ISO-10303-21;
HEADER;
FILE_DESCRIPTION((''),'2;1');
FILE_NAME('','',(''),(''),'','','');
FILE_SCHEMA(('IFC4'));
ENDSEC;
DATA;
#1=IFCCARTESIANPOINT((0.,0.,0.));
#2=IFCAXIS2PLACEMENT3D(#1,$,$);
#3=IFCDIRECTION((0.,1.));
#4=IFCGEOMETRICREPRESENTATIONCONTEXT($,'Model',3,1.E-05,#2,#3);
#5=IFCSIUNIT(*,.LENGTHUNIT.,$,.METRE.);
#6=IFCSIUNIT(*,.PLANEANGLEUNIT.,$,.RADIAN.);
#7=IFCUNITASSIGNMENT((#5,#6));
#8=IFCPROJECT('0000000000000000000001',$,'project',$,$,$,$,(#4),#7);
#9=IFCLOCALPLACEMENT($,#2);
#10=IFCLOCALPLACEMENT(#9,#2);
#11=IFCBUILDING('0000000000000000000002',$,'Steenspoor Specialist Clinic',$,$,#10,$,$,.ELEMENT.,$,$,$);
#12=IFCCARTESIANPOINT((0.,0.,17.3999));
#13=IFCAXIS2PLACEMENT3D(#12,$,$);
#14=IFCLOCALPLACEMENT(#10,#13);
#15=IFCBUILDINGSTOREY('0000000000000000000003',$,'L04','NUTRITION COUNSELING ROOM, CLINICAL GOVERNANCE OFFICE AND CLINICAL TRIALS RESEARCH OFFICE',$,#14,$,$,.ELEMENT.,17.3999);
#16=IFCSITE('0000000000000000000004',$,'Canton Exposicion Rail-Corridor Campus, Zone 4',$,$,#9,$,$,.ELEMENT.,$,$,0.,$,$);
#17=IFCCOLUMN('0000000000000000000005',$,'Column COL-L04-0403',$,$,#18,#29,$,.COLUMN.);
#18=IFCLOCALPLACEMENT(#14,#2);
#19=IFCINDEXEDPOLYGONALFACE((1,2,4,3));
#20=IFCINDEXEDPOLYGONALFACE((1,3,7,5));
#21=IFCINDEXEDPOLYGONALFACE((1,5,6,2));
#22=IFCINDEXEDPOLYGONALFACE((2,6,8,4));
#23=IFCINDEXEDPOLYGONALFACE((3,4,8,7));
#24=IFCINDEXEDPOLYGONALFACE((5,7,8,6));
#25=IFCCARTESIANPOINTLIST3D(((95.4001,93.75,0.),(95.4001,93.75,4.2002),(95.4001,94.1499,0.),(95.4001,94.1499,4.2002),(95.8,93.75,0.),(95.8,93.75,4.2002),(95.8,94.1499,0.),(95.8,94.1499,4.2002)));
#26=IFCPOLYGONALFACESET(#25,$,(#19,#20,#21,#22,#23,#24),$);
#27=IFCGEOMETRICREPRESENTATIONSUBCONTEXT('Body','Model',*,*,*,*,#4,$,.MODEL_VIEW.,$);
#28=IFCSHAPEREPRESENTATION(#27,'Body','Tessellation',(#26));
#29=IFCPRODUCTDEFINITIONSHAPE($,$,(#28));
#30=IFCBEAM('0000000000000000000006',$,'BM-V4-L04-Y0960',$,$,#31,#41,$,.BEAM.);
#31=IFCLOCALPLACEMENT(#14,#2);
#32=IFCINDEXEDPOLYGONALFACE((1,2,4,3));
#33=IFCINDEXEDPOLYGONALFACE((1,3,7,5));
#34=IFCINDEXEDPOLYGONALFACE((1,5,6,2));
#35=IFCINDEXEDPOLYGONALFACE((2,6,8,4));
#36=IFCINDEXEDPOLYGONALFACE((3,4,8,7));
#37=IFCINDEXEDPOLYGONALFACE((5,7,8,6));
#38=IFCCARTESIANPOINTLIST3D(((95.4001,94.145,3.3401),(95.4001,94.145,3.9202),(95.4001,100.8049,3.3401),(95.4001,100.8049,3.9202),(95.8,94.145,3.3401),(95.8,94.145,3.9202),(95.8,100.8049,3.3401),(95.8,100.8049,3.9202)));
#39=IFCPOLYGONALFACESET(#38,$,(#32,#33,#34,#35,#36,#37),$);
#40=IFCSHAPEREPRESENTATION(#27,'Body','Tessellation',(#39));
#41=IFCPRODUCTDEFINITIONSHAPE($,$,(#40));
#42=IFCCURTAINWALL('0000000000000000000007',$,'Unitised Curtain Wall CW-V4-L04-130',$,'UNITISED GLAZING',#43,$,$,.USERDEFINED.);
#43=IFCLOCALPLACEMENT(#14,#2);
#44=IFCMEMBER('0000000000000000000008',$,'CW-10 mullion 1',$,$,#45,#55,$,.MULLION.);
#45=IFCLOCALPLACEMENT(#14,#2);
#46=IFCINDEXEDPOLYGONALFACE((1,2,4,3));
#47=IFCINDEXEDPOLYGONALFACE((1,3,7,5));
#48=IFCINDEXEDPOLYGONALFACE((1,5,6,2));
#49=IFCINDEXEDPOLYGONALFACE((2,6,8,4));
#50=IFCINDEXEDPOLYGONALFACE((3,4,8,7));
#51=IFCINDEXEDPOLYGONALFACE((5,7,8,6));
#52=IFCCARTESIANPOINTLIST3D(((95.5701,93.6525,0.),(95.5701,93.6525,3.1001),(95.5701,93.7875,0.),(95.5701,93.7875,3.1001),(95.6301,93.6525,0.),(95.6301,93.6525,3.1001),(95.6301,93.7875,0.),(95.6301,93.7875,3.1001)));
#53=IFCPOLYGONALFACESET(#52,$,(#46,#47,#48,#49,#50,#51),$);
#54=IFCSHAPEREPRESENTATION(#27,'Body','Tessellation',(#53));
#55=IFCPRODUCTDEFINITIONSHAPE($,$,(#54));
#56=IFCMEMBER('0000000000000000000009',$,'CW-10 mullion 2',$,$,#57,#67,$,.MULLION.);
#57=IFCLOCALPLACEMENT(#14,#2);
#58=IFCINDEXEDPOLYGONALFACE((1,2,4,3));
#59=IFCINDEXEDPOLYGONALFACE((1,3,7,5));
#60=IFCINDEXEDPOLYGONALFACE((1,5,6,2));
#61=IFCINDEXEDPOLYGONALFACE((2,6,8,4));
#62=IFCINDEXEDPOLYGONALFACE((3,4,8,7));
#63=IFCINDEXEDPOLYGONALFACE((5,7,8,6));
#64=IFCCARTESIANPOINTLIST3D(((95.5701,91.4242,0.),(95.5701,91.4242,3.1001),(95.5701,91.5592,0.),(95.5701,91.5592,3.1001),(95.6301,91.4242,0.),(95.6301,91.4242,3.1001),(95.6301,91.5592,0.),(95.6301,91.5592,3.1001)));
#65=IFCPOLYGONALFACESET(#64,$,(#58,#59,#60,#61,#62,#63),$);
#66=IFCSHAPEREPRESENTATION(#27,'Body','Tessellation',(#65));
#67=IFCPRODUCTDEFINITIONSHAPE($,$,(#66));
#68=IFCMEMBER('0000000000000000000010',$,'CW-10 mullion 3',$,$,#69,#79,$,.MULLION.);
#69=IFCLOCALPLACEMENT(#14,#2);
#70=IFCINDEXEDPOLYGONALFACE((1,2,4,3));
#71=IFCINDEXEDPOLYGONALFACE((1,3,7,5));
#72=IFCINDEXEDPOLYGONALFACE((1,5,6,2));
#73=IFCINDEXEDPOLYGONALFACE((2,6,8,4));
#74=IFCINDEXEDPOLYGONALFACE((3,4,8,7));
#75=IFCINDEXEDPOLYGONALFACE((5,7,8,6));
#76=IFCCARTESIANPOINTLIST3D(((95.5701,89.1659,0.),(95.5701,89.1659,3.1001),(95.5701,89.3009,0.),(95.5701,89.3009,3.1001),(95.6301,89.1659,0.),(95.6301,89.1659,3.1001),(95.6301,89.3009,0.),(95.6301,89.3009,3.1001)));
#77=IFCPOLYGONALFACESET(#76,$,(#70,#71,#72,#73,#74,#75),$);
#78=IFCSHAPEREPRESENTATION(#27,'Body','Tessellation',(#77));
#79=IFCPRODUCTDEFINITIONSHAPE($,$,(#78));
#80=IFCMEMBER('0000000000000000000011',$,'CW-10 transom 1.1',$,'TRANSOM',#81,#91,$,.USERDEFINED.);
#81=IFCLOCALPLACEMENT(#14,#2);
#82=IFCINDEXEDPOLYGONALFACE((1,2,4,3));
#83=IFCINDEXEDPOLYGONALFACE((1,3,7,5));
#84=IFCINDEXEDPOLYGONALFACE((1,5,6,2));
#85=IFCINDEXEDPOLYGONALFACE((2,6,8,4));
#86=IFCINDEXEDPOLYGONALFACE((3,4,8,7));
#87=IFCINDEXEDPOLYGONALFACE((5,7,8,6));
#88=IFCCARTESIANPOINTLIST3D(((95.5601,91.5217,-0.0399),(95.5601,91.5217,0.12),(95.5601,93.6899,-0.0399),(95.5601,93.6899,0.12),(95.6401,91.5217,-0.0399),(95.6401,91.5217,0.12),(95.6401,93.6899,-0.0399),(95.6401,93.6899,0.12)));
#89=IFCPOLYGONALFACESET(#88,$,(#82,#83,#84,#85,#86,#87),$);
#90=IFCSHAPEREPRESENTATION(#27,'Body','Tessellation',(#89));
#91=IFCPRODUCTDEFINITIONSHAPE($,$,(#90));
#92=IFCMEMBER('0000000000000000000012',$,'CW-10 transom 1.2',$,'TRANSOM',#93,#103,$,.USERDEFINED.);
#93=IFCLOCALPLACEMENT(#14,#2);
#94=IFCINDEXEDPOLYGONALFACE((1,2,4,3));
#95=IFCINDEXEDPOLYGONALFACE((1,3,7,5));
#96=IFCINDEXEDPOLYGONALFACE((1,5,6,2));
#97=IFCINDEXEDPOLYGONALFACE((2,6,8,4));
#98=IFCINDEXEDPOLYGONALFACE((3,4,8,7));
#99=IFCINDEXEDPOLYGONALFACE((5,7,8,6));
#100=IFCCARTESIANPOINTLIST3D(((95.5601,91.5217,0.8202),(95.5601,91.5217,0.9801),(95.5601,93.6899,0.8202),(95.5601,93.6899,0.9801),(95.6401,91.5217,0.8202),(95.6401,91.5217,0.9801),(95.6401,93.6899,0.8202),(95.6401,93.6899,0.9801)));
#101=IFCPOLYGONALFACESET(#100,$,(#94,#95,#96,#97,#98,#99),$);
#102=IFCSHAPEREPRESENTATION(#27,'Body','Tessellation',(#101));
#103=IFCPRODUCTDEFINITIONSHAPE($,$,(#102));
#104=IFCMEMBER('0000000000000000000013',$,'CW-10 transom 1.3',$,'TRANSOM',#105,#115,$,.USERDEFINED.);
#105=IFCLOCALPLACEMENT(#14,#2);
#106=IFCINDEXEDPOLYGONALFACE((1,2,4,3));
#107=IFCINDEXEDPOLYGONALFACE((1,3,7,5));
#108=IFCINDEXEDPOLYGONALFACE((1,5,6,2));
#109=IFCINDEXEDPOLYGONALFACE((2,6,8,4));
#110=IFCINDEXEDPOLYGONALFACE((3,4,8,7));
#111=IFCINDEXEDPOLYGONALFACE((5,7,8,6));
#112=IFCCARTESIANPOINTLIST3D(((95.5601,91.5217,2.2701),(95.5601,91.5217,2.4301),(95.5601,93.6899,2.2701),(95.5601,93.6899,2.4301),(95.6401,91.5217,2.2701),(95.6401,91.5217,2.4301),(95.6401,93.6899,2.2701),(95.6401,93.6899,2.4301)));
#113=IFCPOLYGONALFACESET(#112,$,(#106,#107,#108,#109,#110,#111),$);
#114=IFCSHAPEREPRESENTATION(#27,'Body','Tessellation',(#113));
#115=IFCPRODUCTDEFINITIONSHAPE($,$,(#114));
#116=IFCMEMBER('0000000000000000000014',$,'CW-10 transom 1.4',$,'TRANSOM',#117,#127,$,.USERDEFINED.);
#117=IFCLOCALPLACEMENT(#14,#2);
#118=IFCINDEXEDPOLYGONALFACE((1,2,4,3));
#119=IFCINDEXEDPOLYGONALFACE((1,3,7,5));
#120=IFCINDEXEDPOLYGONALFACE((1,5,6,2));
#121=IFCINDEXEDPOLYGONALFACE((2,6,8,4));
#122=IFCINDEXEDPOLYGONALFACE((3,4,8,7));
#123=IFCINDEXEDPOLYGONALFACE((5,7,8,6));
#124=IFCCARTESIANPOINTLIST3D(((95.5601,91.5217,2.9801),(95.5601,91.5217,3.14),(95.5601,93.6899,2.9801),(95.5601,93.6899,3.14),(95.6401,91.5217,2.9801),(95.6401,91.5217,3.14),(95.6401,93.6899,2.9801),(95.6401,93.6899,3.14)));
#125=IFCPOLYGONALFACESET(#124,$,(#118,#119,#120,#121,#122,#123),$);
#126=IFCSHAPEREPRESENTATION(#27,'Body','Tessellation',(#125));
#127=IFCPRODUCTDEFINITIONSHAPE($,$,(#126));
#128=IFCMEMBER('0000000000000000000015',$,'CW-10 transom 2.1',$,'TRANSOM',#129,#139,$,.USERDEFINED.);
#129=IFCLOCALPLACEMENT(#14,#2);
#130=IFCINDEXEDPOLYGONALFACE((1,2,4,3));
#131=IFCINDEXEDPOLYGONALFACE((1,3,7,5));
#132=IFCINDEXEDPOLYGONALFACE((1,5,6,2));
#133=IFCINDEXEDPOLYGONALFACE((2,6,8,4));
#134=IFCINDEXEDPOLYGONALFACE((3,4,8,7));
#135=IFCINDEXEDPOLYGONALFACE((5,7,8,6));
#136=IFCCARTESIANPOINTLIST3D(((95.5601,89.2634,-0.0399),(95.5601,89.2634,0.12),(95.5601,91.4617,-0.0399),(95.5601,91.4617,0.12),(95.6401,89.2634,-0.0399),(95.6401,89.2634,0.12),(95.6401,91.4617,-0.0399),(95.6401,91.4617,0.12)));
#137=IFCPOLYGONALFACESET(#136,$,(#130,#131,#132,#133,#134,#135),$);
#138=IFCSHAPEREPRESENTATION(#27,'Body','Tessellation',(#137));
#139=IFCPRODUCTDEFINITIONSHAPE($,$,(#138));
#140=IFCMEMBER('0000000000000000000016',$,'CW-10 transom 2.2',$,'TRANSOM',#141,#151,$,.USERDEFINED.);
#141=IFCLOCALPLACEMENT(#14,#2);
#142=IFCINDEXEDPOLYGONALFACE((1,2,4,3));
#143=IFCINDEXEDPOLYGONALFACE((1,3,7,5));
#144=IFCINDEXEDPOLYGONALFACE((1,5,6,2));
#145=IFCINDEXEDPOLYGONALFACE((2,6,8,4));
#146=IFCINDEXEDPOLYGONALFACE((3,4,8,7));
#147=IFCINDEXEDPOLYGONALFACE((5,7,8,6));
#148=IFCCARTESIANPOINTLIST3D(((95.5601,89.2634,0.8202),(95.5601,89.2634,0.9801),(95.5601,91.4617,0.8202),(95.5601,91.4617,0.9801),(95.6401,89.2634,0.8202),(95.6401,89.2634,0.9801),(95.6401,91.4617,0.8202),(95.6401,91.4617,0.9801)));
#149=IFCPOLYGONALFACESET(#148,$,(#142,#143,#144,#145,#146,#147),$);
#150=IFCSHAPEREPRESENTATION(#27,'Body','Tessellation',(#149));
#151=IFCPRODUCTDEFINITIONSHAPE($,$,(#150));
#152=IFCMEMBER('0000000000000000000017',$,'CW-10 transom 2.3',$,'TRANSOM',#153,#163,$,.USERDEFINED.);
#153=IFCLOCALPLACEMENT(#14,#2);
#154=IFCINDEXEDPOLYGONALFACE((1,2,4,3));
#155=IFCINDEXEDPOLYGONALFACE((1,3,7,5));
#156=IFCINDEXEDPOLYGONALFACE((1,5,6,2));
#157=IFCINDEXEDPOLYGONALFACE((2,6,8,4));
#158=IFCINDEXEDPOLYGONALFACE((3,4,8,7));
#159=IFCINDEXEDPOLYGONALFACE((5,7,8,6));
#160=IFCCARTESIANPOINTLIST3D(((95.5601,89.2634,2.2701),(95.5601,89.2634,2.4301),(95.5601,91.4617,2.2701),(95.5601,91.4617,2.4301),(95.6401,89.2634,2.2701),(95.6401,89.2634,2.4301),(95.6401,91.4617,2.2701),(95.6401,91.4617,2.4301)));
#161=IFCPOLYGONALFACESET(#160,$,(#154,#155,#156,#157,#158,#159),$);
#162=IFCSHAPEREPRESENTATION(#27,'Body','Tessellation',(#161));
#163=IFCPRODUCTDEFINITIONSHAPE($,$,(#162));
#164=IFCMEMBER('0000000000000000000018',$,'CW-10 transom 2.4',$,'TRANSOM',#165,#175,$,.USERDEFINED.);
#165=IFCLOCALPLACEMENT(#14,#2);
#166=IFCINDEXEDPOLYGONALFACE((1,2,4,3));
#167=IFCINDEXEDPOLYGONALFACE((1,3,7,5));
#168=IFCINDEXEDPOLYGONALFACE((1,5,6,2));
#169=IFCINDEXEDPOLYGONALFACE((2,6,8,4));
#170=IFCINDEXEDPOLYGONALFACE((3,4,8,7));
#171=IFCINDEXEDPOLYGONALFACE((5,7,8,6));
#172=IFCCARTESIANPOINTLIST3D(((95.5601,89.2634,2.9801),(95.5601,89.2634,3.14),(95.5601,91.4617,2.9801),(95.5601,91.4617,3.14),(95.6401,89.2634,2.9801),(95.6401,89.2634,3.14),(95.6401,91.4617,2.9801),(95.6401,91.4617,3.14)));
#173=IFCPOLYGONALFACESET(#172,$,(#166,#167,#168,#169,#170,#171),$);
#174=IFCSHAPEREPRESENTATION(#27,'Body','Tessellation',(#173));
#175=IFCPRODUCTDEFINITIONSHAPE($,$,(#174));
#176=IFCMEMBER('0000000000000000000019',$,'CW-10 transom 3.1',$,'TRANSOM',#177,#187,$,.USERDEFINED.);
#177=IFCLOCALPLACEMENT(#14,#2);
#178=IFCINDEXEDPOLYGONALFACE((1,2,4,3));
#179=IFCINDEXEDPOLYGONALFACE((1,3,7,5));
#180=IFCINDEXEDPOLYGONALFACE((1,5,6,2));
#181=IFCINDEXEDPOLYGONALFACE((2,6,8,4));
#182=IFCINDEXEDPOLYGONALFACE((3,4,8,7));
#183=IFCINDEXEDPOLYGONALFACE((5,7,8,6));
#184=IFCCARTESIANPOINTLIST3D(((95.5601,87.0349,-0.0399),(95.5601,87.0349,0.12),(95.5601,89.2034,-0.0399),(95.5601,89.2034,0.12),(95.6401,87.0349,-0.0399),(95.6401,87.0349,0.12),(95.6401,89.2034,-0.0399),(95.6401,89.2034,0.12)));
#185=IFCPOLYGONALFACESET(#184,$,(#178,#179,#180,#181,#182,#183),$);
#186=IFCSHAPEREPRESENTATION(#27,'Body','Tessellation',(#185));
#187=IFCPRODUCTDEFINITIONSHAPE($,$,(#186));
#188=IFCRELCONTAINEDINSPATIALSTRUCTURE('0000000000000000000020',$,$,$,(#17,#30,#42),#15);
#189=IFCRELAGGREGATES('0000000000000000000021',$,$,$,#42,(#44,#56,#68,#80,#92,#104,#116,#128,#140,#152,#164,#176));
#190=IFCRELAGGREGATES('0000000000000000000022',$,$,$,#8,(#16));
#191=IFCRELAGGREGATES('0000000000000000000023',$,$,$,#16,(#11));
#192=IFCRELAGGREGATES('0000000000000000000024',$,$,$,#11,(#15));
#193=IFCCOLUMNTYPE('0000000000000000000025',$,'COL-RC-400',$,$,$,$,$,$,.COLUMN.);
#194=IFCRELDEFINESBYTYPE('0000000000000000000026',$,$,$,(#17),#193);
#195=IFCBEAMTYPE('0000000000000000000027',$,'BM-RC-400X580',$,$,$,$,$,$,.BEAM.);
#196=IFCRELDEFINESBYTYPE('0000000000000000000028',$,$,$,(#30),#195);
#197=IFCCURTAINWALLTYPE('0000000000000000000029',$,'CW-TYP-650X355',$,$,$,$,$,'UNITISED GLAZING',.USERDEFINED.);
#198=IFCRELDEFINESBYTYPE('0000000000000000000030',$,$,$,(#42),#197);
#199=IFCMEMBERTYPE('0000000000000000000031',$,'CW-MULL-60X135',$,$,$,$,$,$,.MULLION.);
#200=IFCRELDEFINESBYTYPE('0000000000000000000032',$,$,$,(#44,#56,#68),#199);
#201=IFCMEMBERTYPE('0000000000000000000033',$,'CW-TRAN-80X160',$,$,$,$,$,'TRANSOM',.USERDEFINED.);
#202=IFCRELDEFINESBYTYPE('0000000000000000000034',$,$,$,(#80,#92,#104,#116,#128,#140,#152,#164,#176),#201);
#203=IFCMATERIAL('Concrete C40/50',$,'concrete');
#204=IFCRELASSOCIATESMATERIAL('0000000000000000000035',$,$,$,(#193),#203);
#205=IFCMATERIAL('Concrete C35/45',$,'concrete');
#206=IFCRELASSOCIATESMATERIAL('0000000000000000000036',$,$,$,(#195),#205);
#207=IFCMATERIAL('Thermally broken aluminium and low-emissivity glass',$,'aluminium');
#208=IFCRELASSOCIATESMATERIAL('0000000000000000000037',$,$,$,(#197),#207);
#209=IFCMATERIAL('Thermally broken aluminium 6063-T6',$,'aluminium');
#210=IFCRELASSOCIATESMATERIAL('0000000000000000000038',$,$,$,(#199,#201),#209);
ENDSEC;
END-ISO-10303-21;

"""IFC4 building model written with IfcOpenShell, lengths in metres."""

from ifc_helpers import new_model, si_unit, direction, frame, origin, origin_2d, place, context, subcontext, project, spatial, rectangle, extrude, material, material_profile, profile_set, type_object, element, aggregate, save


model = new_model("IFC4")

# Units and contexts
model_context = context("Model", 3, precision=1e-05, world=origin(), true_north=direction((0.0, 1.0)))
body_context = subcontext(model_context, "Body", "Model", "MODEL_VIEW")
ifc_project = project(units=[si_unit("LENGTHUNIT", "METRE"), si_unit("PLANEANGLEUNIT", "RADIAN")], contexts=[model_context])

# Site, building, storey
site_placement = place(None, origin())
site = spatial("IfcSite", under=ifc_project, at=site_placement, Name="Canton Exposicion Rail-Corridor Campus, Zone 4", CompositionType="ELEMENT", RefElevation=0.0)
building_placement = place(site_placement, origin())
building = spatial("IfcBuilding", under=site, at=building_placement, Name="Steenspoor Specialist Clinic", CompositionType="ELEMENT")
storey_placement = place(building_placement, frame((0.0, 0.0, 17.3999)))
storey = spatial("IfcBuildingStorey", under=building, at=storey_placement, Name="L04", Description="NUTRITION COUNSELING ROOM, CLINICAL GOVERNANCE OFFICE AND CLINICAL TRIALS RESEARCH OFFICE", CompositionType="ELEMENT", Elevation=17.3999)

# Column
ifc_material_1 = material(Name="Concrete C40/50", Category="concrete")
ifc_material_profile_1 = material_profile(ifc_material_1, rectangle(XDim=0.3999, YDim=0.3999, at=origin_2d()), Name="RC-COL-400X400")
ifc_profile_set_1 = profile_set([ifc_material_profile_1], Name="Concrete C40/50")
column_type = type_object("IfcColumnType", Name="COL-RC-400", PredefinedType="COLUMN", material=ifc_profile_set_1)
column_placement = place(storey_placement, frame((95.6001, 93.95, 0.0), z_axis=(0.0, 0.0, 1.0), x_axis=(1.0, 0.0, 0.0)))
element("IfcColumn", 1, at=column_placement, inside=storey, type_object=column_type, Name="Column COL-L04-0403", PredefinedType="COLUMN", context=body_context, shape_type="SweptSolid", body=[
    extrude(rectangle(XDim=0.3999, YDim=0.3999, at=origin_2d()), origin(), (0.0, 0.0, 1.0), 4.2002),
])

# Beam
ifc_material_2 = material(Name="Concrete C35/45", Category="concrete")
ifc_material_profile_2 = material_profile(ifc_material_2, rectangle(XDim=0.3999, YDim=0.5801, at=origin_2d()), Name="RC-BM-400X580")
ifc_profile_set_2 = profile_set([ifc_material_profile_2], Name="Concrete C35/45")
beam_type = type_object("IfcBeamType", Name="BM-RC-400X580", PredefinedType="BEAM", material=ifc_profile_set_2)
beam_placement = place(storey_placement, frame((95.6001, 94.145, 3.6301), z_axis=(0.0, 1.0, 0.0), x_axis=(-1.0, 0.0, 0.0)))
element("IfcBeam", 2, at=beam_placement, inside=storey, type_object=beam_type, Name="BM-V4-L04-Y0960", PredefinedType="BEAM", context=body_context, shape_type="SweptSolid", body=[
    extrude(rectangle(XDim=0.3999, YDim=0.5801, at=origin_2d()), origin(), (0.0, 0.0, 1.0), 6.6599),
])

# Curtain wall, members
ifc_material_3 = material(Name="Thermally broken aluminium and low-emissivity glass", Category="aluminium")
curtain_wall_type = type_object("IfcCurtainWallType", Name="CW-TYP-650X355", ElementType="UNITISED GLAZING", PredefinedType="USERDEFINED", material=ifc_material_3)
curtain_wall_placement = place(storey_placement, origin())
curtain_wall = element("IfcCurtainWall", 3, at=curtain_wall_placement, inside=storey, type_object=curtain_wall_type, Name="Unitised Curtain Wall CW-V4-L04-130", ObjectType="UNITISED GLAZING", PredefinedType="USERDEFINED")
ifc_material_4 = material(Name="Thermally broken aluminium 6063-T6", Category="aluminium")
ifc_material_profile_3 = material_profile(ifc_material_4, rectangle(XDim=0.0601, YDim=0.135, at=origin_2d()), Name="CWM-60X135")
ifc_profile_set_3 = profile_set([ifc_material_profile_3], Name="Thermally broken aluminium 6063-T6")
member_type_1 = type_object("IfcMemberType", Name="CW-MULL-60X135", PredefinedType="MULLION", material=ifc_profile_set_3)
member_1_placement = place(storey_placement, frame((95.6001, 93.72, 0.0), z_axis=(0.0, 0.0, 1.0), x_axis=(1.0, 0.0, 0.0)))
member_1 = element("IfcMember", 4, at=member_1_placement, type_object=member_type_1, Name="CW-10 mullion 1", PredefinedType="MULLION", context=body_context, shape_type="SweptSolid", body=[
    extrude(rectangle(XDim=0.0601, YDim=0.135, at=origin_2d()), origin(), (0.0, 0.0, 1.0), 3.1001),
])
member_2_placement = place(storey_placement, frame((95.6001, 91.4917, 0.0), z_axis=(0.0, 0.0, 1.0), x_axis=(1.0, 0.0, 0.0)))
member_2 = element("IfcMember", 5, at=member_2_placement, type_object=member_type_1, Name="CW-10 mullion 2", PredefinedType="MULLION", context=body_context, shape_type="SweptSolid", body=[
    extrude(rectangle(XDim=0.0601, YDim=0.135, at=origin_2d()), origin(), (0.0, 0.0, 1.0), 3.1001),
])
member_3_placement = place(storey_placement, frame((95.6001, 89.2334, 0.0), z_axis=(0.0, 0.0, 1.0), x_axis=(1.0, 0.0, 0.0)))
member_3 = element("IfcMember", 6, at=member_3_placement, type_object=member_type_1, Name="CW-10 mullion 3", PredefinedType="MULLION", context=body_context, shape_type="SweptSolid", body=[
    extrude(rectangle(XDim=0.0601, YDim=0.135, at=origin_2d()), origin(), (0.0, 0.0, 1.0), 3.1001),
])
ifc_material_profile_4 = material_profile(ifc_material_4, rectangle(XDim=0.0801, YDim=0.1599, at=origin_2d()), Name="CWT-80X160")
ifc_profile_set_4 = profile_set([ifc_material_profile_4], Name="Thermally broken aluminium 6063-T6")
member_type_2 = type_object("IfcMemberType", Name="CW-TRAN-80X160", ElementType="TRANSOM", PredefinedType="USERDEFINED", material=ifc_profile_set_4)
member_4_placement = place(storey_placement, frame((95.6001, 93.6899, 0.04), z_axis=(0.0, -1.0, 0.0), x_axis=(1.0, 0.0, 0.0)))
member_4 = element("IfcMember", 7, at=member_4_placement, type_object=member_type_2, Name="CW-10 transom 1.1", ObjectType="TRANSOM", PredefinedType="USERDEFINED", context=body_context, shape_type="SweptSolid", body=[
    extrude(rectangle(XDim=0.0801, YDim=0.1599, at=origin_2d()), origin(), (0.0, 0.0, 1.0), 2.1682),
])
member_5_placement = place(storey_placement, frame((95.6001, 93.6899, 0.9001), z_axis=(0.0, -1.0, 0.0), x_axis=(1.0, 0.0, 0.0)))
member_5 = element("IfcMember", 8, at=member_5_placement, type_object=member_type_2, Name="CW-10 transom 1.2", ObjectType="TRANSOM", PredefinedType="USERDEFINED", context=body_context, shape_type="SweptSolid", body=[
    extrude(rectangle(XDim=0.0801, YDim=0.1599, at=origin_2d()), origin(), (0.0, 0.0, 1.0), 2.1682),
])
member_6_placement = place(storey_placement, frame((95.6001, 93.6899, 2.3501), z_axis=(0.0, -1.0, 0.0), x_axis=(1.0, 0.0, 0.0)))
member_6 = element("IfcMember", 9, at=member_6_placement, type_object=member_type_2, Name="CW-10 transom 1.3", ObjectType="TRANSOM", PredefinedType="USERDEFINED", context=body_context, shape_type="SweptSolid", body=[
    extrude(rectangle(XDim=0.0801, YDim=0.1599, at=origin_2d()), origin(), (0.0, 0.0, 1.0), 2.1682),
])
member_7_placement = place(storey_placement, frame((95.6001, 93.6899, 3.0601), z_axis=(0.0, -1.0, 0.0), x_axis=(1.0, 0.0, 0.0)))
member_7 = element("IfcMember", 10, at=member_7_placement, type_object=member_type_2, Name="CW-10 transom 1.4", ObjectType="TRANSOM", PredefinedType="USERDEFINED", context=body_context, shape_type="SweptSolid", body=[
    extrude(rectangle(XDim=0.0801, YDim=0.1599, at=origin_2d()), origin(), (0.0, 0.0, 1.0), 2.1682),
])
member_8_placement = place(storey_placement, frame((95.6001, 91.4617, 0.04), z_axis=(0.0, -1.0, 0.0), x_axis=(1.0, 0.0, 0.0)))
member_8 = element("IfcMember", 11, at=member_8_placement, type_object=member_type_2, Name="CW-10 transom 2.1", ObjectType="TRANSOM", PredefinedType="USERDEFINED", context=body_context, shape_type="SweptSolid", body=[
    extrude(rectangle(XDim=0.0801, YDim=0.1599, at=origin_2d()), origin(), (0.0, 0.0, 1.0), 2.1982),
])
member_9_placement = place(storey_placement, frame((95.6001, 91.4617, 0.9001), z_axis=(0.0, -1.0, 0.0), x_axis=(1.0, 0.0, 0.0)))
member_9 = element("IfcMember", 12, at=member_9_placement, type_object=member_type_2, Name="CW-10 transom 2.2", ObjectType="TRANSOM", PredefinedType="USERDEFINED", context=body_context, shape_type="SweptSolid", body=[
    extrude(rectangle(XDim=0.0801, YDim=0.1599, at=origin_2d()), origin(), (0.0, 0.0, 1.0), 2.1982),
])
member_10_placement = place(storey_placement, frame((95.6001, 91.4617, 2.3501), z_axis=(0.0, -1.0, 0.0), x_axis=(1.0, 0.0, 0.0)))
member_10 = element("IfcMember", 13, at=member_10_placement, type_object=member_type_2, Name="CW-10 transom 2.3", ObjectType="TRANSOM", PredefinedType="USERDEFINED", context=body_context, shape_type="SweptSolid", body=[
    extrude(rectangle(XDim=0.0801, YDim=0.1599, at=origin_2d()), origin(), (0.0, 0.0, 1.0), 2.1982),
])
member_11_placement = place(storey_placement, frame((95.6001, 91.4617, 3.0601), z_axis=(0.0, -1.0, 0.0), x_axis=(1.0, 0.0, 0.0)))
member_11 = element("IfcMember", 14, at=member_11_placement, type_object=member_type_2, Name="CW-10 transom 2.4", ObjectType="TRANSOM", PredefinedType="USERDEFINED", context=body_context, shape_type="SweptSolid", body=[
    extrude(rectangle(XDim=0.0801, YDim=0.1599, at=origin_2d()), origin(), (0.0, 0.0, 1.0), 2.1982),
])
member_12_placement = place(storey_placement, frame((95.6001, 89.2034, 0.04), z_axis=(0.0, -1.0, 0.0), x_axis=(1.0, 0.0, 0.0)))
member_12 = element("IfcMember", 15, at=member_12_placement, type_object=member_type_2, Name="CW-10 transom 3.1", ObjectType="TRANSOM", PredefinedType="USERDEFINED", context=body_context, shape_type="SweptSolid", body=[
    extrude(rectangle(XDim=0.0801, YDim=0.1599, at=origin_2d()), origin(), (0.0, 0.0, 1.0), 2.1685),
])
aggregate(curtain_wall, [member_1, member_2, member_3, member_4, member_5, member_6, member_7, member_8, member_9, member_10, member_11, member_12])

save(model, "model.ifc")
